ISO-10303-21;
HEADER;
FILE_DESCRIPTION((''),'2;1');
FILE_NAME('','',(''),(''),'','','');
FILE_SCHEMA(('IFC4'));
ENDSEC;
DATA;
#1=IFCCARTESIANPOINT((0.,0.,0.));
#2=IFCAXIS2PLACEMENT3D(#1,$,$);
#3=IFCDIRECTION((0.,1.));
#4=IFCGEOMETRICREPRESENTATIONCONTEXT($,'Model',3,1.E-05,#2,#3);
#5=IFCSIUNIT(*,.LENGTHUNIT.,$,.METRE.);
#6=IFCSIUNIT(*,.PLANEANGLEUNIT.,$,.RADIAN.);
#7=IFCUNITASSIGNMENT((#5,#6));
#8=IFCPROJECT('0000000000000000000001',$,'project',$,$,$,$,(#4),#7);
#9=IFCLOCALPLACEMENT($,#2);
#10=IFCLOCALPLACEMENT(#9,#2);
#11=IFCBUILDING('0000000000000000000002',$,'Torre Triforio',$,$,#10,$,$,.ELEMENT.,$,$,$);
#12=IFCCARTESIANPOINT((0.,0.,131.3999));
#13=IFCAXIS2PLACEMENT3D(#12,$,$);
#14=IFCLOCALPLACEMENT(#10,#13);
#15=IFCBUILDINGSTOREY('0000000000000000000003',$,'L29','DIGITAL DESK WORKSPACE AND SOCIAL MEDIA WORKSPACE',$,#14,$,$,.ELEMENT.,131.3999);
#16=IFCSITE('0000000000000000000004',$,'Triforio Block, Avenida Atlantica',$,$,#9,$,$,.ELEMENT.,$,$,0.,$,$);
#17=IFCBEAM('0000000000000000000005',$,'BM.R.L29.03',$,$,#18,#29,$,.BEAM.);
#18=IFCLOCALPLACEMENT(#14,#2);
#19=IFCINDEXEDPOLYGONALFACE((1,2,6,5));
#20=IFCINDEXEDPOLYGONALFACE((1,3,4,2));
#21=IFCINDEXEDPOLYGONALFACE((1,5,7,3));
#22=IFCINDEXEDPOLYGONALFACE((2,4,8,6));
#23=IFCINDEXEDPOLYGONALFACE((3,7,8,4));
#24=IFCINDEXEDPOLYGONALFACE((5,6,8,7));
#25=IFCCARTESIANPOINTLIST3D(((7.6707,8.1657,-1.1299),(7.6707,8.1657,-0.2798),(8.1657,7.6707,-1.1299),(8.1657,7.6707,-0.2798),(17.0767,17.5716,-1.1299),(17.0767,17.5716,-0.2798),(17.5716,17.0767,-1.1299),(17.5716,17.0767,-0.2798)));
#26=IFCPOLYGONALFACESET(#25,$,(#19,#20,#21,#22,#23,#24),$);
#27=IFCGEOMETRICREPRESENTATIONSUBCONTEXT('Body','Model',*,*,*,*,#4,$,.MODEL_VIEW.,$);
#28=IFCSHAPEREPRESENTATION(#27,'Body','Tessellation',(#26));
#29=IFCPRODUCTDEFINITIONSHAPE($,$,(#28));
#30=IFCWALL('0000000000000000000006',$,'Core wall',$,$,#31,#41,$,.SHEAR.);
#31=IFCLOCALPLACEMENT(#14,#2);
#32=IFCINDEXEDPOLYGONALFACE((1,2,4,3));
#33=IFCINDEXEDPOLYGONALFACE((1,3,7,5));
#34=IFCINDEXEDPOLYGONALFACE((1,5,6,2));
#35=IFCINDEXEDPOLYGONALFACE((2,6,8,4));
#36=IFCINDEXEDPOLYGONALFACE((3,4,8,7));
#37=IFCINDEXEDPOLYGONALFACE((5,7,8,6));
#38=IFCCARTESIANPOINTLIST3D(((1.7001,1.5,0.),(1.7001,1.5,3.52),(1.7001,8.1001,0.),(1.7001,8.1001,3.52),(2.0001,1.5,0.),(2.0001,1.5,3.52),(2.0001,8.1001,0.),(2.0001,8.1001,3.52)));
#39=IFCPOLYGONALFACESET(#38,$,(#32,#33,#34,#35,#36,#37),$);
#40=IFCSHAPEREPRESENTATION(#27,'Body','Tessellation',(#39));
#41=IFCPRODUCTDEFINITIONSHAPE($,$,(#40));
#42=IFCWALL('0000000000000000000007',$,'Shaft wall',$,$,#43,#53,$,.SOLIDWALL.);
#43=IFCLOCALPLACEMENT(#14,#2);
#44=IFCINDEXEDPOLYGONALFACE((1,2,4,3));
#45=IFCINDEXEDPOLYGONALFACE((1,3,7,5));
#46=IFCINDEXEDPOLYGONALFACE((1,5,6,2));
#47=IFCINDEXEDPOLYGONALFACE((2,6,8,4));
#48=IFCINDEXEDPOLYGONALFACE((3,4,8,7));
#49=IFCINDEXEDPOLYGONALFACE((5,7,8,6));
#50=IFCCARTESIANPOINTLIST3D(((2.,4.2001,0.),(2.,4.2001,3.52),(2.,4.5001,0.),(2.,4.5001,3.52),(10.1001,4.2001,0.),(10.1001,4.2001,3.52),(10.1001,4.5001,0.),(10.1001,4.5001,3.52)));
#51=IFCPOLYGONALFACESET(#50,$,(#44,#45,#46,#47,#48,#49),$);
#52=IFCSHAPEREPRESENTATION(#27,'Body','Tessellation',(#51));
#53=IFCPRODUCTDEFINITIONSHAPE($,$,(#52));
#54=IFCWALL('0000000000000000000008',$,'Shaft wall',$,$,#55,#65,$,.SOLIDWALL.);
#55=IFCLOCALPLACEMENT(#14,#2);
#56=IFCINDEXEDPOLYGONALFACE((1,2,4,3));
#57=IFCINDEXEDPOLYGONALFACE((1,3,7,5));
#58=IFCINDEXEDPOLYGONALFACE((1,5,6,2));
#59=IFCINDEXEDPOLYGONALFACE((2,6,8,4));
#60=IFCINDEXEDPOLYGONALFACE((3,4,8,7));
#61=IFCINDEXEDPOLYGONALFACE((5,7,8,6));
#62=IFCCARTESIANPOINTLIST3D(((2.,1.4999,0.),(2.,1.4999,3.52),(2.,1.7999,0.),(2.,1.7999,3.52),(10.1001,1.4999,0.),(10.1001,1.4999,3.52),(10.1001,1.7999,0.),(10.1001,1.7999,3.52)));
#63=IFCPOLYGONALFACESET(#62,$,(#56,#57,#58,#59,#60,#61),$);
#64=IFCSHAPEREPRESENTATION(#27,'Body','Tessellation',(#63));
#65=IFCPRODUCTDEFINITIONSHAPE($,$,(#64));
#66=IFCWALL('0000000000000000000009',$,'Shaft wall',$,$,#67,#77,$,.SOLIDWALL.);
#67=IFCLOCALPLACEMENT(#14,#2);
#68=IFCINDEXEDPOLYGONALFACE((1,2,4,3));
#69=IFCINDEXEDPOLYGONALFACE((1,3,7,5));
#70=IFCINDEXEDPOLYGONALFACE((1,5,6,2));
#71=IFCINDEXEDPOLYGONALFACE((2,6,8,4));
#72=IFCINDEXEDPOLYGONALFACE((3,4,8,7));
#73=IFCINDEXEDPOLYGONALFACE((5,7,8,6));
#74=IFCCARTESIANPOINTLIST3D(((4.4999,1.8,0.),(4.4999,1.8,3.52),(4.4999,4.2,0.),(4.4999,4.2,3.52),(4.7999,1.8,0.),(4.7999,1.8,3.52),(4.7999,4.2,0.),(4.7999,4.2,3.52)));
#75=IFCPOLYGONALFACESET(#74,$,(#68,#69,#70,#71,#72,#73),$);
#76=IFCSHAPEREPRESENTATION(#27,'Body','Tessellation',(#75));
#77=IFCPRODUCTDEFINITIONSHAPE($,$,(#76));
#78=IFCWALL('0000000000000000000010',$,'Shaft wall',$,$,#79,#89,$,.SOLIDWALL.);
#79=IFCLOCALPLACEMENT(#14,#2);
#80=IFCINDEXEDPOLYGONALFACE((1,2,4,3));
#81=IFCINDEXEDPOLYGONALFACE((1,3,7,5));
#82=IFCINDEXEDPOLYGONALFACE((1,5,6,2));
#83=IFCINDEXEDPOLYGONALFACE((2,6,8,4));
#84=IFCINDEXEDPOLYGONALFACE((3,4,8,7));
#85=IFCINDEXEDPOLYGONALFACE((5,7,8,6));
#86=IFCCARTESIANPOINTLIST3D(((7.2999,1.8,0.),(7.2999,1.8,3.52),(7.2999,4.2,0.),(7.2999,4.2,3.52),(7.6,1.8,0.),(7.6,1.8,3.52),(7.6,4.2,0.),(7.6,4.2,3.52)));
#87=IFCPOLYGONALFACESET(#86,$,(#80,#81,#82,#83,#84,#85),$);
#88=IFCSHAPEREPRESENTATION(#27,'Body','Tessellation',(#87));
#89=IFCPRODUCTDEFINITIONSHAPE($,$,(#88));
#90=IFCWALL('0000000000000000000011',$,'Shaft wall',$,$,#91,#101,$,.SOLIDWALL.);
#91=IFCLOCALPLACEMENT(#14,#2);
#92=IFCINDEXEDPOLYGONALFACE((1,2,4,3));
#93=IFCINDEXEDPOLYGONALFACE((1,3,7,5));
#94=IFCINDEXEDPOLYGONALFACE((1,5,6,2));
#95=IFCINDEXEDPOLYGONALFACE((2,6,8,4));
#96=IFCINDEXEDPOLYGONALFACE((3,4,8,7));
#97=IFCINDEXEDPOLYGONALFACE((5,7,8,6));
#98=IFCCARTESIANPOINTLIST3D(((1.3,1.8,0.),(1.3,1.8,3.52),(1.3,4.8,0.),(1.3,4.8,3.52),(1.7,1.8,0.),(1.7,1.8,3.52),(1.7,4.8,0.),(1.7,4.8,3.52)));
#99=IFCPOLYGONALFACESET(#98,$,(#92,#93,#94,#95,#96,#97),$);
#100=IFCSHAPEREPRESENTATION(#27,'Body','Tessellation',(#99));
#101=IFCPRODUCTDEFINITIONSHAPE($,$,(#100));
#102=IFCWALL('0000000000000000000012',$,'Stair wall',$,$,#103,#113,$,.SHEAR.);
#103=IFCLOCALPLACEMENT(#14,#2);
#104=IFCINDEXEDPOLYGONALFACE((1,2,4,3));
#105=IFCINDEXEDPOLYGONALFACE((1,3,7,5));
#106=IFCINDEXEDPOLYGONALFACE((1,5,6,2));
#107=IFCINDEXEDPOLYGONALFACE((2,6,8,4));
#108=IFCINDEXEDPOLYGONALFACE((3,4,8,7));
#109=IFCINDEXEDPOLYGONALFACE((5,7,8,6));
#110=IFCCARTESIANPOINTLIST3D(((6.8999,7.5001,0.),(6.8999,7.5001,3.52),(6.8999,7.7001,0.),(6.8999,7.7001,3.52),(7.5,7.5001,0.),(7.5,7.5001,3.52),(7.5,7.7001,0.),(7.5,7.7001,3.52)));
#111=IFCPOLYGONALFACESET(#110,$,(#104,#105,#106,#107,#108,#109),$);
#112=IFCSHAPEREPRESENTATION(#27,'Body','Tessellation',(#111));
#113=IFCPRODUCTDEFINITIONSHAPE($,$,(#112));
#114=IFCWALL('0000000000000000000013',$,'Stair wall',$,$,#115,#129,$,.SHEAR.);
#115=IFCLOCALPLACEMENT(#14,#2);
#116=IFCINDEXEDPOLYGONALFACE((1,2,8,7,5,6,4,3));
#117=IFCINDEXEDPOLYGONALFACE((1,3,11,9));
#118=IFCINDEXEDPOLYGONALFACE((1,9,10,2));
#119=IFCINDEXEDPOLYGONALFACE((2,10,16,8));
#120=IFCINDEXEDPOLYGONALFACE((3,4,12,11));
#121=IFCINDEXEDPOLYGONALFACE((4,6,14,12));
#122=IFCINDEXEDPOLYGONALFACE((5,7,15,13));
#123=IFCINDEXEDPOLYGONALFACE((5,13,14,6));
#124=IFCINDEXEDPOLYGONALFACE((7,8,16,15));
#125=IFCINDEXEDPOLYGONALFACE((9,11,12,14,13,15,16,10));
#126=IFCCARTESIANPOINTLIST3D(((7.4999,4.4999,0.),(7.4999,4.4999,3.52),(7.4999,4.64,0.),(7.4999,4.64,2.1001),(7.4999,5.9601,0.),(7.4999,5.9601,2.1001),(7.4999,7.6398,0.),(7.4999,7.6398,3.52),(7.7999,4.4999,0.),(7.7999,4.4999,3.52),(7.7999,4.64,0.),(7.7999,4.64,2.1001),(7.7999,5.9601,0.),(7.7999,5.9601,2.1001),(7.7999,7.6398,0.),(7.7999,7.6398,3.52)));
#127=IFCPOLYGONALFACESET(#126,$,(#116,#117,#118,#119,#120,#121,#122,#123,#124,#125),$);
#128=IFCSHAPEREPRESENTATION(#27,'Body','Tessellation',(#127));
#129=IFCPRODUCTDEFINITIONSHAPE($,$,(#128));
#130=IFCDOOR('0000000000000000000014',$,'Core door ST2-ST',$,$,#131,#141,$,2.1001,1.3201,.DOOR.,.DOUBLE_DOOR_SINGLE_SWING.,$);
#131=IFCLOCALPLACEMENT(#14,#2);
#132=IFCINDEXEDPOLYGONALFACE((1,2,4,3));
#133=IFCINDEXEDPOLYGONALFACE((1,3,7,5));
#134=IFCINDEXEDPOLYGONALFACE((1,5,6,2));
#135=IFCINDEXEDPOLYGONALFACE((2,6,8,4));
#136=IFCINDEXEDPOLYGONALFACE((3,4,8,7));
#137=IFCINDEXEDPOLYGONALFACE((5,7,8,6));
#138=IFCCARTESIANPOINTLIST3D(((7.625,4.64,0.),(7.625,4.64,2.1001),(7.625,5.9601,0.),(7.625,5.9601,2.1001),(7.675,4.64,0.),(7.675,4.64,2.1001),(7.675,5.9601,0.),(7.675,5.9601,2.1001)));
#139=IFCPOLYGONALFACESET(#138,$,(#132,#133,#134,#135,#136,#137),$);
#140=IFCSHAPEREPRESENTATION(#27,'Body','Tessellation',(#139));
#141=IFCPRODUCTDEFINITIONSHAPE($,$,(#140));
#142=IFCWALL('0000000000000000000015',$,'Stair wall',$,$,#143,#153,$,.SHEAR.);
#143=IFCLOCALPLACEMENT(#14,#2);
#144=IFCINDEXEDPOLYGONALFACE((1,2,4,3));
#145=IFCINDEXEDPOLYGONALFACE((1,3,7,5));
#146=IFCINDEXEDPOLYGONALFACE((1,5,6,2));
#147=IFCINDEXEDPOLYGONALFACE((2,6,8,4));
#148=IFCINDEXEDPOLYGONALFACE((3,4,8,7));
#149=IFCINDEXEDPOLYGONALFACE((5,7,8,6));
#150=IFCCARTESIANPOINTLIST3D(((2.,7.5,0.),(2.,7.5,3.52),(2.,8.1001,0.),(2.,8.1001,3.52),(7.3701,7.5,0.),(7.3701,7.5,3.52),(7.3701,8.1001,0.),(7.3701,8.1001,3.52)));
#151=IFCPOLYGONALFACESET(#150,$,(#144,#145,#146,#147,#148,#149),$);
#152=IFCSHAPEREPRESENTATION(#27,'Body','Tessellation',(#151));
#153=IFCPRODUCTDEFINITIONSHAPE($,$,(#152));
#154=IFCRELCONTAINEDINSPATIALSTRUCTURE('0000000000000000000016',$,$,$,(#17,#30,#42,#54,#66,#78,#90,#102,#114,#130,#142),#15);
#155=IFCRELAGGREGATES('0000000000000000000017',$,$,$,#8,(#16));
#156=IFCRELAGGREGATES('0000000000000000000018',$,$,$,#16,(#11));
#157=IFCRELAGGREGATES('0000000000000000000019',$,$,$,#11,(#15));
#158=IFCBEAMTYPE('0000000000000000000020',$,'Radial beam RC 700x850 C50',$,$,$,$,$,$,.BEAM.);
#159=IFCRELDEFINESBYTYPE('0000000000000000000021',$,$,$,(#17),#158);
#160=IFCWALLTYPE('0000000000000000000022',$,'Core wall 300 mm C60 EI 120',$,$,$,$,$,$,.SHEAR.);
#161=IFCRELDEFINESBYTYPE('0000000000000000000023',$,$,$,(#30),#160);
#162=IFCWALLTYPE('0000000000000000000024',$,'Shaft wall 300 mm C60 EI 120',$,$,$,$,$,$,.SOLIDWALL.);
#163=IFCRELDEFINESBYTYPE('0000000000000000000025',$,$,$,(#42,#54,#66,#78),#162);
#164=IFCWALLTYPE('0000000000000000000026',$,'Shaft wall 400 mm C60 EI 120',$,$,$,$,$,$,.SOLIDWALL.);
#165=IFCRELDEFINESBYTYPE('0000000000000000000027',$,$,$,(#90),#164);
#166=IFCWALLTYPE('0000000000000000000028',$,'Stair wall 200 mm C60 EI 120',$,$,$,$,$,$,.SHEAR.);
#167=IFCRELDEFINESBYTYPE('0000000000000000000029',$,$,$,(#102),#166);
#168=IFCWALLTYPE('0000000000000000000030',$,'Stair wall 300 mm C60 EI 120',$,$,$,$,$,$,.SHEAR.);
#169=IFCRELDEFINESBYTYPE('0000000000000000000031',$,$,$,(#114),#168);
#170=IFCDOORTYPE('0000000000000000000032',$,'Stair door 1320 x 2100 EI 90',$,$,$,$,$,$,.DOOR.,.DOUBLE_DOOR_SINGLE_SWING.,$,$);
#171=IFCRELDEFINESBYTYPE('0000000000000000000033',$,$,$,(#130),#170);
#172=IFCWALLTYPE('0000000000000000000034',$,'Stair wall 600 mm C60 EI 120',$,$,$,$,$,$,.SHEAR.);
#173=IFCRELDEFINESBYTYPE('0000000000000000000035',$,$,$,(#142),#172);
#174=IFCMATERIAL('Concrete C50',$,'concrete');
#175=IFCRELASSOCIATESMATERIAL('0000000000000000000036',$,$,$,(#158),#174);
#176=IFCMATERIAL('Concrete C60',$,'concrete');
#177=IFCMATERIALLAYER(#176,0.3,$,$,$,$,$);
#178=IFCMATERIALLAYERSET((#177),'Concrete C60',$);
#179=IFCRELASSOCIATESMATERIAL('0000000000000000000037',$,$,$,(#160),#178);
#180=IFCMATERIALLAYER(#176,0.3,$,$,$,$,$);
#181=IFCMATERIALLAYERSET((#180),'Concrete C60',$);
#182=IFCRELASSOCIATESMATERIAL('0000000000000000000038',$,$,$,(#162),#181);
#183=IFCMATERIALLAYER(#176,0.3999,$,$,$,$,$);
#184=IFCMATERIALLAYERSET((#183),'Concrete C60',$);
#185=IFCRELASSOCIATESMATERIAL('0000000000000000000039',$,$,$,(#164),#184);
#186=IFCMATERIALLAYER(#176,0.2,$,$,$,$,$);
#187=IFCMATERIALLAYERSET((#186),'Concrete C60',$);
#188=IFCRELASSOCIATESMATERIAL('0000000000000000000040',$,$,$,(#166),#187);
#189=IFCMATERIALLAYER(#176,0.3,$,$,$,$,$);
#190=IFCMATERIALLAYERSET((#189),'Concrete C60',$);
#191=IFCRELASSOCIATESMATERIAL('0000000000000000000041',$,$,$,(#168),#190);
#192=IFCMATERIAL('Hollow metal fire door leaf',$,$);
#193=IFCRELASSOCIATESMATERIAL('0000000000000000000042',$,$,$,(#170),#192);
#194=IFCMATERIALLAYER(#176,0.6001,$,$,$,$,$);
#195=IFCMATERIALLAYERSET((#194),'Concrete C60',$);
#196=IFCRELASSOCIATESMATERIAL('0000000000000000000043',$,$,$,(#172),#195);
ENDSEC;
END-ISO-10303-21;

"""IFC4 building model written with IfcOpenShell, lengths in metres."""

from ifc_helpers import new_model, si_unit, direction, frame, frame_2d, origin, origin_2d, place, context, subcontext, project, spatial, rectangle, extrude, material, layer, layer_set, material_profile, profile_set, type_object, element, fill, save


model = new_model("IFC4")

# Units and contexts
model_context = context("Model", 3, precision=1e-05, world=origin(), true_north=direction((0.0, 1.0)))
body_context = subcontext(model_context, "Body", "Model", "MODEL_VIEW")
ifc_project = project(units=[si_unit("LENGTHUNIT", "METRE"), si_unit("PLANEANGLEUNIT", "RADIAN")], contexts=[model_context])

# Site, building, storey
site_placement = place(None, origin())
site = spatial("IfcSite", under=ifc_project, at=site_placement, Name="Triforio Block, Avenida Atlantica", CompositionType="ELEMENT", RefElevation=0.0)
building_placement = place(site_placement, origin())
building = spatial("IfcBuilding", under=site, at=building_placement, Name="Torre Triforio", CompositionType="ELEMENT")
storey_placement = place(building_placement, frame((0.0, 0.0, 131.3999)))
storey = spatial("IfcBuildingStorey", under=building, at=storey_placement, Name="L29", Description="DIGITAL DESK WORKSPACE AND SOCIAL MEDIA WORKSPACE", CompositionType="ELEMENT", Elevation=131.3999)

# Beam
ifc_material_1 = material(Name="Concrete C50", Category="concrete")
ifc_material_profile = material_profile(ifc_material_1, rectangle(XDim=0.7, YDim=0.8501, at=origin_2d()), Name="RC 700x850")
ifc_profile_set = profile_set([ifc_material_profile], Name="Concrete C50")
beam_type = type_object("IfcBeamType", Name="Radial beam RC 700x850 C50", PredefinedType="BEAM", material=ifc_profile_set)
beam_placement = place(storey_placement, frame((7.9182, 7.9182, -0.7048), z_axis=(0.707107, 0.707107, 0.0), x_axis=(-0.707107, 0.707107, 0.0)))
element("IfcBeam", 1, at=beam_placement, inside=storey, type_object=beam_type, Name="BM.R.L29.03", PredefinedType="BEAM", context=body_context, shape_type="SweptSolid", body=[
    extrude(rectangle(XDim=0.7, YDim=0.8501, at=origin_2d()), origin(), (0.0, 0.0, 1.0), 13.302),
])

# Walls
ifc_material_2 = material(Name="Concrete C60", Category="concrete")
ifc_layer_1 = layer(ifc_material_2, 0.3)
ifc_layer_set_1 = layer_set([ifc_layer_1], Name="Concrete C60")
wall_type_1 = type_object("IfcWallType", Name="Core wall 300 mm C60 EI 120", PredefinedType="SHEAR", material=ifc_layer_set_1)
wall_1_placement = place(storey_placement, frame((1.8501, 1.5, 0.0), z_axis=(0.0, 0.0, 1.0), x_axis=(0.0, 1.0, 0.0)))
element("IfcWall", 2, at=wall_1_placement, inside=storey, type_object=wall_type_1, Name="Core wall", PredefinedType="SHEAR", context=body_context, shape_type="SweptSolid", body=[
    extrude(rectangle(XDim=6.6001, YDim=0.3, at=frame_2d((3.3, 0.0))), origin(), (0.0, 0.0, 1.0), 3.52),
])
ifc_layer_2 = layer(ifc_material_2, 0.3)
ifc_layer_set_2 = layer_set([ifc_layer_2], Name="Concrete C60")
wall_type_2 = type_object("IfcWallType", Name="Shaft wall 300 mm C60 EI 120", PredefinedType="SOLIDWALL", material=ifc_layer_set_2)
for number, where, z_axis, x_axis, name in (
    (3, (2.0, 4.3501, 0.0), (0.0, 0.0, 1.0), (1.0, 0.0, 0.0), "Shaft wall"),
    (4, (2.0, 1.6499, 0.0), (0.0, 0.0, 1.0), (1.0, 0.0, 0.0), "Shaft wall"),
):
    element("IfcWall", number, at=place(storey_placement, frame(where, z_axis=z_axis, x_axis=x_axis)), inside=storey, type_object=wall_type_2, Name=name, PredefinedType="SOLIDWALL", context=body_context, shape_type="SweptSolid", body=[
        extrude(rectangle(XDim=8.1001, YDim=0.3, at=frame_2d((4.05, 0.0))), origin(), (0.0, 0.0, 1.0), 3.52),
    ])
for number, where, z_axis, x_axis, name in (
    (5, (4.6499, 1.8, 0.0), (0.0, 0.0, 1.0), (0.0, 1.0, 0.0), "Shaft wall"),
    (6, (7.45, 1.8, 0.0), (0.0, 0.0, 1.0), (0.0, 1.0, 0.0), "Shaft wall"),
):
    element("IfcWall", number, at=place(storey_placement, frame(where, z_axis=z_axis, x_axis=x_axis)), inside=storey, type_object=wall_type_2, Name=name, PredefinedType="SOLIDWALL", context=body_context, shape_type="SweptSolid", body=[
        extrude(rectangle(XDim=2.3999, YDim=0.3, at=frame_2d((1.2, 0.0))), origin(), (0.0, 0.0, 1.0), 3.52),
    ])
ifc_layer_3 = layer(ifc_material_2, 0.3999)
ifc_layer_set_3 = layer_set([ifc_layer_3], Name="Concrete C60")
wall_type_3 = type_object("IfcWallType", Name="Shaft wall 400 mm C60 EI 120", PredefinedType="SOLIDWALL", material=ifc_layer_set_3)
wall_2_placement = place(storey_placement, frame((1.5, 1.8, 0.0), z_axis=(0.0, 0.0, 1.0), x_axis=(0.0, 1.0, 0.0)))
element("IfcWall", 7, at=wall_2_placement, inside=storey, type_object=wall_type_3, Name="Shaft wall", PredefinedType="SOLIDWALL", context=body_context, shape_type="SweptSolid", body=[
    extrude(rectangle(XDim=3.0, YDim=0.3999, at=frame_2d((1.5, 0.0))), origin(), (0.0, 0.0, 1.0), 3.52),
])
ifc_layer_4 = layer(ifc_material_2, 0.2)
ifc_layer_set_4 = layer_set([ifc_layer_4], Name="Concrete C60")
wall_type_4 = type_object("IfcWallType", Name="Stair wall 200 mm C60 EI 120", PredefinedType="SHEAR", material=ifc_layer_set_4)
wall_3_placement = place(storey_placement, frame((6.8999, 7.6001, 0.0), z_axis=(0.0, 0.0, 1.0), x_axis=(1.0, 0.0, 0.0)))
element("IfcWall", 8, at=wall_3_placement, inside=storey, type_object=wall_type_4, Name="Stair wall", PredefinedType="SHEAR", context=body_context, shape_type="SweptSolid", body=[
    extrude(rectangle(XDim=0.6001, YDim=0.2, at=frame_2d((0.3, 0.0))), origin(), (0.0, 0.0, 1.0), 3.52),
])

# Wall, opening, door
ifc_layer_5 = layer(ifc_material_2, 0.3)
ifc_layer_set_5 = layer_set([ifc_layer_5], Name="Concrete C60")
wall_type_5 = type_object("IfcWallType", Name="Stair wall 300 mm C60 EI 120", PredefinedType="SHEAR", material=ifc_layer_set_5)
wall_4_placement = place(storey_placement, frame((7.6499, 4.5, 0.0), z_axis=(0.0, 0.0, 1.0), x_axis=(0.0, 1.0, 0.0)))
wall_4 = element("IfcWall", 9, at=wall_4_placement, inside=storey, type_object=wall_type_5, Name="Stair wall", PredefinedType="SHEAR", context=body_context, shape_type="SweptSolid", body=[
    extrude(rectangle(XDim=3.1399, YDim=0.3, at=frame_2d((1.5698, 0.0))), origin(), (0.0, 0.0, 1.0), 3.52),
])
opening_placement = place(wall_4_placement, frame((0.1399, 0.0, 0.0)))
opening = element("IfcOpeningElement", 10, at=opening_placement, cuts=wall_4, PredefinedType="OPENING", context=body_context, shape_type="SweptSolid", body=[
    extrude(rectangle(XDim=1.3201, YDim=2.1001, at=frame_2d((0.6602, 1.05))), frame((0.0, 0.1599, 0.0), z_axis=(0.0, -1.0, 0.0), x_axis=(1.0, 0.0, 0.0)), (0.0, 0.0, 1.0), 0.3201),
])
ifc_material_3 = material(Name="Hollow metal fire door leaf")
door_type = type_object("IfcDoorType", Name="Stair door 1320 x 2100 EI 90", OperationType="DOUBLE_DOOR_SINGLE_SWING", PredefinedType="DOOR", material=ifc_material_3)
door_placement = place(opening_placement, origin())
door = element("IfcDoor", 11, at=door_placement, inside=storey, type_object=door_type, Name="Core door ST2-ST", OperationType="DOUBLE_DOOR_SINGLE_SWING", OverallHeight=2.1001, OverallWidth=1.3201, PredefinedType="DOOR", context=body_context, shape_type="SweptSolid", body=[
    extrude(rectangle(XDim=1.3201, YDim=2.1001, at=frame_2d((0.6602, 1.05))), frame((0.0, 0.0249, 0.0), z_axis=(0.0, -1.0, 0.0), x_axis=(1.0, 0.0, 0.0)), (0.0, 0.0, 1.0), 0.05),
])
fill(opening, door)

# Wall
ifc_layer_6 = layer(ifc_material_2, 0.6001)
ifc_layer_set_6 = layer_set([ifc_layer_6], Name="Concrete C60")
wall_type_6 = type_object("IfcWallType", Name="Stair wall 600 mm C60 EI 120", PredefinedType="SHEAR", material=ifc_layer_set_6)
wall_5_placement = place(storey_placement, frame((2.0, 7.8, 0.0), z_axis=(0.0, 0.0, 1.0), x_axis=(1.0, 0.0, 0.0)))
element("IfcWall", 12, at=wall_5_placement, inside=storey, type_object=wall_type_6, Name="Stair wall", PredefinedType="SHEAR", context=body_context, shape_type="SweptSolid", body=[
    extrude(rectangle(XDim=5.3701, YDim=0.6001, at=frame_2d((2.6851, 0.0))), origin(), (0.0, 0.0, 1.0), 3.52),
])

save(model, "model.ifc")
